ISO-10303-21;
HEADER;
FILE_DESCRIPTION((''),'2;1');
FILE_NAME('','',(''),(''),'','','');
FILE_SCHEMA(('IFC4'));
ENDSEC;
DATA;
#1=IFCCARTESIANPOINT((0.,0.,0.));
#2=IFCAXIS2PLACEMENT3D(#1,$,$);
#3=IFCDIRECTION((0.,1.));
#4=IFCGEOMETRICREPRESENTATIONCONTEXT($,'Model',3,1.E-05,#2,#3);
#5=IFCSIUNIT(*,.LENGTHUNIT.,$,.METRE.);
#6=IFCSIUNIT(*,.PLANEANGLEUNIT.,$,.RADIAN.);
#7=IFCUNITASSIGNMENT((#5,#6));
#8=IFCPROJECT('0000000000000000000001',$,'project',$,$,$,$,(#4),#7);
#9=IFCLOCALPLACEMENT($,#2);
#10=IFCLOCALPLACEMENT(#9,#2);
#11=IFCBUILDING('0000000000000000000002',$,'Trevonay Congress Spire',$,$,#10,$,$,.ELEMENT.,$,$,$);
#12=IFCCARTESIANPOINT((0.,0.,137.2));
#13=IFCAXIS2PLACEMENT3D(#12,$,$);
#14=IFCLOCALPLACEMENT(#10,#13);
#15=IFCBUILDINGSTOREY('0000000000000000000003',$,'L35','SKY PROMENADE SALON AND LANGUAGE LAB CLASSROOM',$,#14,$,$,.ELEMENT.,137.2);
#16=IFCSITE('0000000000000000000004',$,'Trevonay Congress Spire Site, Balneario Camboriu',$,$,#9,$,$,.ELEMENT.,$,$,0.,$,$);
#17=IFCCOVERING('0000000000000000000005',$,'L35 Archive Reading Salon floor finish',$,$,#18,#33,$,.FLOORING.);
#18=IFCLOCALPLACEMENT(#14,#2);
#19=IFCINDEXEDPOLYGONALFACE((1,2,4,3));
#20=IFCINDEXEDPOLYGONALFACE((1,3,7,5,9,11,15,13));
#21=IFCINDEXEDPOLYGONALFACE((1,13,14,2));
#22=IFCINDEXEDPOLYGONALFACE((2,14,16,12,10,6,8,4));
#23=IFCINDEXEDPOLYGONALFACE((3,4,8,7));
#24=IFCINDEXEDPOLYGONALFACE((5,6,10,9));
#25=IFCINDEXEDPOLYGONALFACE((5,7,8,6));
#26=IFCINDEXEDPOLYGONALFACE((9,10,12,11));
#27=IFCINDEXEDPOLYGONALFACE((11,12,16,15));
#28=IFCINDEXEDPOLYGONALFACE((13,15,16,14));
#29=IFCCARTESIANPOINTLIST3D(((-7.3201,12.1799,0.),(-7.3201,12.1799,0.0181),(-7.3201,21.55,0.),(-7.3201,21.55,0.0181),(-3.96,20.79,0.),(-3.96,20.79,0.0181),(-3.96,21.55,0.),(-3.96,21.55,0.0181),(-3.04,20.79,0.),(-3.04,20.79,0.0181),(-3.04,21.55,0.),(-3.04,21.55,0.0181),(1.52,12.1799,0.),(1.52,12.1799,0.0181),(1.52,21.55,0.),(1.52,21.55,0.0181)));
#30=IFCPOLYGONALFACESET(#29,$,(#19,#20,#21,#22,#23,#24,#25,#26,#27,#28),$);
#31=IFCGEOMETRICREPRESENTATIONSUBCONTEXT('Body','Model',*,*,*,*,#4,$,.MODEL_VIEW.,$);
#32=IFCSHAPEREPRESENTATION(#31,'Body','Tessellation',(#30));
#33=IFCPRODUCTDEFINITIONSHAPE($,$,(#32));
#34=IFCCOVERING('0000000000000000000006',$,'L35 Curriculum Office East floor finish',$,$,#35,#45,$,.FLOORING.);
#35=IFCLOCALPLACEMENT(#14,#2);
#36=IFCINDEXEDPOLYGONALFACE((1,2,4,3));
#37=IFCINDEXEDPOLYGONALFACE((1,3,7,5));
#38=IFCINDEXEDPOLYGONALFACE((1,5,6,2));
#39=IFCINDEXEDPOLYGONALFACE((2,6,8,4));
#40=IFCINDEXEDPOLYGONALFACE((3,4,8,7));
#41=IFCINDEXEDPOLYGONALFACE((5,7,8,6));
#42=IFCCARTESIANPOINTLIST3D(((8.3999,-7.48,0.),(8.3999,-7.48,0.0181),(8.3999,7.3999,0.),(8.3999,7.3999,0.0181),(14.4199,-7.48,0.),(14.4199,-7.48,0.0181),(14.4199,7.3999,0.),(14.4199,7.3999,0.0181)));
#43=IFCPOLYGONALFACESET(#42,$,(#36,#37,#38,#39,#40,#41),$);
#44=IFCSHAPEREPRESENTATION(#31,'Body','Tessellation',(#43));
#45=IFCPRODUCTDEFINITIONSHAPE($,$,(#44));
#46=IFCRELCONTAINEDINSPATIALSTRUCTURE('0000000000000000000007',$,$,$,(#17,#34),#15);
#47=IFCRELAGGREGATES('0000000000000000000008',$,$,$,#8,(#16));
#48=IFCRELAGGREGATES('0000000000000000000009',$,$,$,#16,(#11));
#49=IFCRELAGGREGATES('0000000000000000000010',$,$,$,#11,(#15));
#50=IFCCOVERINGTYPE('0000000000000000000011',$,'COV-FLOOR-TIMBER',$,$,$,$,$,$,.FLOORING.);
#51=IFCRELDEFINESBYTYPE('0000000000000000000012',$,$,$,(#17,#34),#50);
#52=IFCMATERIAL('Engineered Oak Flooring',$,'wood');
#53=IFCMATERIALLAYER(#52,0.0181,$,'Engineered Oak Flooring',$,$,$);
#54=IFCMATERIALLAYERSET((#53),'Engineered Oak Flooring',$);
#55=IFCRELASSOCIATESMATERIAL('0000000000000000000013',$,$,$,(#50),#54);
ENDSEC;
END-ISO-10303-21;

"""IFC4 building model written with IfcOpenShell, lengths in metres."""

from ifc_helpers import new_model, si_unit, direction, frame, origin, place, context, subcontext, project, spatial, polyline, outline, extrude, material, layer, layer_set, type_object, element, save


model = new_model("IFC4")

# Units and contexts
model_context = context("Model", 3, precision=1e-05, world=origin(), true_north=direction((0.0, 1.0)))
body_context = subcontext(model_context, "Body", "Model", "MODEL_VIEW")
ifc_project = project(units=[si_unit("LENGTHUNIT", "METRE"), si_unit("PLANEANGLEUNIT", "RADIAN")], contexts=[model_context])

# Site, building, storey
site_placement = place(None, origin())
site = spatial("IfcSite", under=ifc_project, at=site_placement, Name="Trevonay Congress Spire Site, Balneario Camboriu", CompositionType="ELEMENT", RefElevation=0.0)
building_placement = place(site_placement, origin())
building = spatial("IfcBuilding", under=site, at=building_placement, Name="Trevonay Congress Spire", CompositionType="ELEMENT")
storey_placement = place(building_placement, frame((0.0, 0.0, 137.2)))
storey = spatial("IfcBuildingStorey", under=building, at=storey_placement, Name="L35", Description="SKY PROMENADE SALON AND LANGUAGE LAB CLASSROOM", CompositionType="ELEMENT", Elevation=137.2)

# Coverings
ifc_material_1 = material(Name="Engineered Oak Flooring", Category="wood")
ifc_layer_1 = layer(ifc_material_1, 0.0181, Name="Engineered Oak Flooring")
ifc_layer_set_1 = layer_set([ifc_layer_1], Name="Engineered Oak Flooring")
covering_type_1 = type_object("IfcCoveringType", Name="COV-FLOOR-TIMBER", PredefinedType="FLOORING", material=ifc_layer_set_1)
covering_1_placement = place(storey_placement, origin())
element("IfcCovering", 1, at=covering_1_placement, inside=storey, type_object=covering_type_1, Name="L35 Archive Reading Salon floor finish", PredefinedType="FLOORING", context=body_context, shape_type="SweptSolid", body=[
    extrude(outline(polyline([(1.52, 21.55), (1.52, 12.1799), (-7.3201, 12.1799), (-7.3201, 21.55), (-3.96, 21.55), (-3.96, 20.79), (-3.04, 20.79), (-3.04, 21.55), (1.52, 21.55)])), origin(), (0.0, 0.0, 1.0), 0.0181),
])
covering_2_placement = place(storey_placement, origin())
element("IfcCovering", 2, at=covering_2_placement, inside=storey, type_object=covering_type_1, Name="L35 Curriculum Office East floor finish", PredefinedType="FLOORING", context=body_context, shape_type="SweptSolid", body=[
    extrude(outline(polyline([(8.3999, -7.48), (14.4199, -7.48), (14.4199, 7.3999), (8.3999, 7.3999), (8.3999, -7.48)])), origin(), (0.0, 0.0, 1.0), 0.0181),
])

save(model, "model.ifc")
